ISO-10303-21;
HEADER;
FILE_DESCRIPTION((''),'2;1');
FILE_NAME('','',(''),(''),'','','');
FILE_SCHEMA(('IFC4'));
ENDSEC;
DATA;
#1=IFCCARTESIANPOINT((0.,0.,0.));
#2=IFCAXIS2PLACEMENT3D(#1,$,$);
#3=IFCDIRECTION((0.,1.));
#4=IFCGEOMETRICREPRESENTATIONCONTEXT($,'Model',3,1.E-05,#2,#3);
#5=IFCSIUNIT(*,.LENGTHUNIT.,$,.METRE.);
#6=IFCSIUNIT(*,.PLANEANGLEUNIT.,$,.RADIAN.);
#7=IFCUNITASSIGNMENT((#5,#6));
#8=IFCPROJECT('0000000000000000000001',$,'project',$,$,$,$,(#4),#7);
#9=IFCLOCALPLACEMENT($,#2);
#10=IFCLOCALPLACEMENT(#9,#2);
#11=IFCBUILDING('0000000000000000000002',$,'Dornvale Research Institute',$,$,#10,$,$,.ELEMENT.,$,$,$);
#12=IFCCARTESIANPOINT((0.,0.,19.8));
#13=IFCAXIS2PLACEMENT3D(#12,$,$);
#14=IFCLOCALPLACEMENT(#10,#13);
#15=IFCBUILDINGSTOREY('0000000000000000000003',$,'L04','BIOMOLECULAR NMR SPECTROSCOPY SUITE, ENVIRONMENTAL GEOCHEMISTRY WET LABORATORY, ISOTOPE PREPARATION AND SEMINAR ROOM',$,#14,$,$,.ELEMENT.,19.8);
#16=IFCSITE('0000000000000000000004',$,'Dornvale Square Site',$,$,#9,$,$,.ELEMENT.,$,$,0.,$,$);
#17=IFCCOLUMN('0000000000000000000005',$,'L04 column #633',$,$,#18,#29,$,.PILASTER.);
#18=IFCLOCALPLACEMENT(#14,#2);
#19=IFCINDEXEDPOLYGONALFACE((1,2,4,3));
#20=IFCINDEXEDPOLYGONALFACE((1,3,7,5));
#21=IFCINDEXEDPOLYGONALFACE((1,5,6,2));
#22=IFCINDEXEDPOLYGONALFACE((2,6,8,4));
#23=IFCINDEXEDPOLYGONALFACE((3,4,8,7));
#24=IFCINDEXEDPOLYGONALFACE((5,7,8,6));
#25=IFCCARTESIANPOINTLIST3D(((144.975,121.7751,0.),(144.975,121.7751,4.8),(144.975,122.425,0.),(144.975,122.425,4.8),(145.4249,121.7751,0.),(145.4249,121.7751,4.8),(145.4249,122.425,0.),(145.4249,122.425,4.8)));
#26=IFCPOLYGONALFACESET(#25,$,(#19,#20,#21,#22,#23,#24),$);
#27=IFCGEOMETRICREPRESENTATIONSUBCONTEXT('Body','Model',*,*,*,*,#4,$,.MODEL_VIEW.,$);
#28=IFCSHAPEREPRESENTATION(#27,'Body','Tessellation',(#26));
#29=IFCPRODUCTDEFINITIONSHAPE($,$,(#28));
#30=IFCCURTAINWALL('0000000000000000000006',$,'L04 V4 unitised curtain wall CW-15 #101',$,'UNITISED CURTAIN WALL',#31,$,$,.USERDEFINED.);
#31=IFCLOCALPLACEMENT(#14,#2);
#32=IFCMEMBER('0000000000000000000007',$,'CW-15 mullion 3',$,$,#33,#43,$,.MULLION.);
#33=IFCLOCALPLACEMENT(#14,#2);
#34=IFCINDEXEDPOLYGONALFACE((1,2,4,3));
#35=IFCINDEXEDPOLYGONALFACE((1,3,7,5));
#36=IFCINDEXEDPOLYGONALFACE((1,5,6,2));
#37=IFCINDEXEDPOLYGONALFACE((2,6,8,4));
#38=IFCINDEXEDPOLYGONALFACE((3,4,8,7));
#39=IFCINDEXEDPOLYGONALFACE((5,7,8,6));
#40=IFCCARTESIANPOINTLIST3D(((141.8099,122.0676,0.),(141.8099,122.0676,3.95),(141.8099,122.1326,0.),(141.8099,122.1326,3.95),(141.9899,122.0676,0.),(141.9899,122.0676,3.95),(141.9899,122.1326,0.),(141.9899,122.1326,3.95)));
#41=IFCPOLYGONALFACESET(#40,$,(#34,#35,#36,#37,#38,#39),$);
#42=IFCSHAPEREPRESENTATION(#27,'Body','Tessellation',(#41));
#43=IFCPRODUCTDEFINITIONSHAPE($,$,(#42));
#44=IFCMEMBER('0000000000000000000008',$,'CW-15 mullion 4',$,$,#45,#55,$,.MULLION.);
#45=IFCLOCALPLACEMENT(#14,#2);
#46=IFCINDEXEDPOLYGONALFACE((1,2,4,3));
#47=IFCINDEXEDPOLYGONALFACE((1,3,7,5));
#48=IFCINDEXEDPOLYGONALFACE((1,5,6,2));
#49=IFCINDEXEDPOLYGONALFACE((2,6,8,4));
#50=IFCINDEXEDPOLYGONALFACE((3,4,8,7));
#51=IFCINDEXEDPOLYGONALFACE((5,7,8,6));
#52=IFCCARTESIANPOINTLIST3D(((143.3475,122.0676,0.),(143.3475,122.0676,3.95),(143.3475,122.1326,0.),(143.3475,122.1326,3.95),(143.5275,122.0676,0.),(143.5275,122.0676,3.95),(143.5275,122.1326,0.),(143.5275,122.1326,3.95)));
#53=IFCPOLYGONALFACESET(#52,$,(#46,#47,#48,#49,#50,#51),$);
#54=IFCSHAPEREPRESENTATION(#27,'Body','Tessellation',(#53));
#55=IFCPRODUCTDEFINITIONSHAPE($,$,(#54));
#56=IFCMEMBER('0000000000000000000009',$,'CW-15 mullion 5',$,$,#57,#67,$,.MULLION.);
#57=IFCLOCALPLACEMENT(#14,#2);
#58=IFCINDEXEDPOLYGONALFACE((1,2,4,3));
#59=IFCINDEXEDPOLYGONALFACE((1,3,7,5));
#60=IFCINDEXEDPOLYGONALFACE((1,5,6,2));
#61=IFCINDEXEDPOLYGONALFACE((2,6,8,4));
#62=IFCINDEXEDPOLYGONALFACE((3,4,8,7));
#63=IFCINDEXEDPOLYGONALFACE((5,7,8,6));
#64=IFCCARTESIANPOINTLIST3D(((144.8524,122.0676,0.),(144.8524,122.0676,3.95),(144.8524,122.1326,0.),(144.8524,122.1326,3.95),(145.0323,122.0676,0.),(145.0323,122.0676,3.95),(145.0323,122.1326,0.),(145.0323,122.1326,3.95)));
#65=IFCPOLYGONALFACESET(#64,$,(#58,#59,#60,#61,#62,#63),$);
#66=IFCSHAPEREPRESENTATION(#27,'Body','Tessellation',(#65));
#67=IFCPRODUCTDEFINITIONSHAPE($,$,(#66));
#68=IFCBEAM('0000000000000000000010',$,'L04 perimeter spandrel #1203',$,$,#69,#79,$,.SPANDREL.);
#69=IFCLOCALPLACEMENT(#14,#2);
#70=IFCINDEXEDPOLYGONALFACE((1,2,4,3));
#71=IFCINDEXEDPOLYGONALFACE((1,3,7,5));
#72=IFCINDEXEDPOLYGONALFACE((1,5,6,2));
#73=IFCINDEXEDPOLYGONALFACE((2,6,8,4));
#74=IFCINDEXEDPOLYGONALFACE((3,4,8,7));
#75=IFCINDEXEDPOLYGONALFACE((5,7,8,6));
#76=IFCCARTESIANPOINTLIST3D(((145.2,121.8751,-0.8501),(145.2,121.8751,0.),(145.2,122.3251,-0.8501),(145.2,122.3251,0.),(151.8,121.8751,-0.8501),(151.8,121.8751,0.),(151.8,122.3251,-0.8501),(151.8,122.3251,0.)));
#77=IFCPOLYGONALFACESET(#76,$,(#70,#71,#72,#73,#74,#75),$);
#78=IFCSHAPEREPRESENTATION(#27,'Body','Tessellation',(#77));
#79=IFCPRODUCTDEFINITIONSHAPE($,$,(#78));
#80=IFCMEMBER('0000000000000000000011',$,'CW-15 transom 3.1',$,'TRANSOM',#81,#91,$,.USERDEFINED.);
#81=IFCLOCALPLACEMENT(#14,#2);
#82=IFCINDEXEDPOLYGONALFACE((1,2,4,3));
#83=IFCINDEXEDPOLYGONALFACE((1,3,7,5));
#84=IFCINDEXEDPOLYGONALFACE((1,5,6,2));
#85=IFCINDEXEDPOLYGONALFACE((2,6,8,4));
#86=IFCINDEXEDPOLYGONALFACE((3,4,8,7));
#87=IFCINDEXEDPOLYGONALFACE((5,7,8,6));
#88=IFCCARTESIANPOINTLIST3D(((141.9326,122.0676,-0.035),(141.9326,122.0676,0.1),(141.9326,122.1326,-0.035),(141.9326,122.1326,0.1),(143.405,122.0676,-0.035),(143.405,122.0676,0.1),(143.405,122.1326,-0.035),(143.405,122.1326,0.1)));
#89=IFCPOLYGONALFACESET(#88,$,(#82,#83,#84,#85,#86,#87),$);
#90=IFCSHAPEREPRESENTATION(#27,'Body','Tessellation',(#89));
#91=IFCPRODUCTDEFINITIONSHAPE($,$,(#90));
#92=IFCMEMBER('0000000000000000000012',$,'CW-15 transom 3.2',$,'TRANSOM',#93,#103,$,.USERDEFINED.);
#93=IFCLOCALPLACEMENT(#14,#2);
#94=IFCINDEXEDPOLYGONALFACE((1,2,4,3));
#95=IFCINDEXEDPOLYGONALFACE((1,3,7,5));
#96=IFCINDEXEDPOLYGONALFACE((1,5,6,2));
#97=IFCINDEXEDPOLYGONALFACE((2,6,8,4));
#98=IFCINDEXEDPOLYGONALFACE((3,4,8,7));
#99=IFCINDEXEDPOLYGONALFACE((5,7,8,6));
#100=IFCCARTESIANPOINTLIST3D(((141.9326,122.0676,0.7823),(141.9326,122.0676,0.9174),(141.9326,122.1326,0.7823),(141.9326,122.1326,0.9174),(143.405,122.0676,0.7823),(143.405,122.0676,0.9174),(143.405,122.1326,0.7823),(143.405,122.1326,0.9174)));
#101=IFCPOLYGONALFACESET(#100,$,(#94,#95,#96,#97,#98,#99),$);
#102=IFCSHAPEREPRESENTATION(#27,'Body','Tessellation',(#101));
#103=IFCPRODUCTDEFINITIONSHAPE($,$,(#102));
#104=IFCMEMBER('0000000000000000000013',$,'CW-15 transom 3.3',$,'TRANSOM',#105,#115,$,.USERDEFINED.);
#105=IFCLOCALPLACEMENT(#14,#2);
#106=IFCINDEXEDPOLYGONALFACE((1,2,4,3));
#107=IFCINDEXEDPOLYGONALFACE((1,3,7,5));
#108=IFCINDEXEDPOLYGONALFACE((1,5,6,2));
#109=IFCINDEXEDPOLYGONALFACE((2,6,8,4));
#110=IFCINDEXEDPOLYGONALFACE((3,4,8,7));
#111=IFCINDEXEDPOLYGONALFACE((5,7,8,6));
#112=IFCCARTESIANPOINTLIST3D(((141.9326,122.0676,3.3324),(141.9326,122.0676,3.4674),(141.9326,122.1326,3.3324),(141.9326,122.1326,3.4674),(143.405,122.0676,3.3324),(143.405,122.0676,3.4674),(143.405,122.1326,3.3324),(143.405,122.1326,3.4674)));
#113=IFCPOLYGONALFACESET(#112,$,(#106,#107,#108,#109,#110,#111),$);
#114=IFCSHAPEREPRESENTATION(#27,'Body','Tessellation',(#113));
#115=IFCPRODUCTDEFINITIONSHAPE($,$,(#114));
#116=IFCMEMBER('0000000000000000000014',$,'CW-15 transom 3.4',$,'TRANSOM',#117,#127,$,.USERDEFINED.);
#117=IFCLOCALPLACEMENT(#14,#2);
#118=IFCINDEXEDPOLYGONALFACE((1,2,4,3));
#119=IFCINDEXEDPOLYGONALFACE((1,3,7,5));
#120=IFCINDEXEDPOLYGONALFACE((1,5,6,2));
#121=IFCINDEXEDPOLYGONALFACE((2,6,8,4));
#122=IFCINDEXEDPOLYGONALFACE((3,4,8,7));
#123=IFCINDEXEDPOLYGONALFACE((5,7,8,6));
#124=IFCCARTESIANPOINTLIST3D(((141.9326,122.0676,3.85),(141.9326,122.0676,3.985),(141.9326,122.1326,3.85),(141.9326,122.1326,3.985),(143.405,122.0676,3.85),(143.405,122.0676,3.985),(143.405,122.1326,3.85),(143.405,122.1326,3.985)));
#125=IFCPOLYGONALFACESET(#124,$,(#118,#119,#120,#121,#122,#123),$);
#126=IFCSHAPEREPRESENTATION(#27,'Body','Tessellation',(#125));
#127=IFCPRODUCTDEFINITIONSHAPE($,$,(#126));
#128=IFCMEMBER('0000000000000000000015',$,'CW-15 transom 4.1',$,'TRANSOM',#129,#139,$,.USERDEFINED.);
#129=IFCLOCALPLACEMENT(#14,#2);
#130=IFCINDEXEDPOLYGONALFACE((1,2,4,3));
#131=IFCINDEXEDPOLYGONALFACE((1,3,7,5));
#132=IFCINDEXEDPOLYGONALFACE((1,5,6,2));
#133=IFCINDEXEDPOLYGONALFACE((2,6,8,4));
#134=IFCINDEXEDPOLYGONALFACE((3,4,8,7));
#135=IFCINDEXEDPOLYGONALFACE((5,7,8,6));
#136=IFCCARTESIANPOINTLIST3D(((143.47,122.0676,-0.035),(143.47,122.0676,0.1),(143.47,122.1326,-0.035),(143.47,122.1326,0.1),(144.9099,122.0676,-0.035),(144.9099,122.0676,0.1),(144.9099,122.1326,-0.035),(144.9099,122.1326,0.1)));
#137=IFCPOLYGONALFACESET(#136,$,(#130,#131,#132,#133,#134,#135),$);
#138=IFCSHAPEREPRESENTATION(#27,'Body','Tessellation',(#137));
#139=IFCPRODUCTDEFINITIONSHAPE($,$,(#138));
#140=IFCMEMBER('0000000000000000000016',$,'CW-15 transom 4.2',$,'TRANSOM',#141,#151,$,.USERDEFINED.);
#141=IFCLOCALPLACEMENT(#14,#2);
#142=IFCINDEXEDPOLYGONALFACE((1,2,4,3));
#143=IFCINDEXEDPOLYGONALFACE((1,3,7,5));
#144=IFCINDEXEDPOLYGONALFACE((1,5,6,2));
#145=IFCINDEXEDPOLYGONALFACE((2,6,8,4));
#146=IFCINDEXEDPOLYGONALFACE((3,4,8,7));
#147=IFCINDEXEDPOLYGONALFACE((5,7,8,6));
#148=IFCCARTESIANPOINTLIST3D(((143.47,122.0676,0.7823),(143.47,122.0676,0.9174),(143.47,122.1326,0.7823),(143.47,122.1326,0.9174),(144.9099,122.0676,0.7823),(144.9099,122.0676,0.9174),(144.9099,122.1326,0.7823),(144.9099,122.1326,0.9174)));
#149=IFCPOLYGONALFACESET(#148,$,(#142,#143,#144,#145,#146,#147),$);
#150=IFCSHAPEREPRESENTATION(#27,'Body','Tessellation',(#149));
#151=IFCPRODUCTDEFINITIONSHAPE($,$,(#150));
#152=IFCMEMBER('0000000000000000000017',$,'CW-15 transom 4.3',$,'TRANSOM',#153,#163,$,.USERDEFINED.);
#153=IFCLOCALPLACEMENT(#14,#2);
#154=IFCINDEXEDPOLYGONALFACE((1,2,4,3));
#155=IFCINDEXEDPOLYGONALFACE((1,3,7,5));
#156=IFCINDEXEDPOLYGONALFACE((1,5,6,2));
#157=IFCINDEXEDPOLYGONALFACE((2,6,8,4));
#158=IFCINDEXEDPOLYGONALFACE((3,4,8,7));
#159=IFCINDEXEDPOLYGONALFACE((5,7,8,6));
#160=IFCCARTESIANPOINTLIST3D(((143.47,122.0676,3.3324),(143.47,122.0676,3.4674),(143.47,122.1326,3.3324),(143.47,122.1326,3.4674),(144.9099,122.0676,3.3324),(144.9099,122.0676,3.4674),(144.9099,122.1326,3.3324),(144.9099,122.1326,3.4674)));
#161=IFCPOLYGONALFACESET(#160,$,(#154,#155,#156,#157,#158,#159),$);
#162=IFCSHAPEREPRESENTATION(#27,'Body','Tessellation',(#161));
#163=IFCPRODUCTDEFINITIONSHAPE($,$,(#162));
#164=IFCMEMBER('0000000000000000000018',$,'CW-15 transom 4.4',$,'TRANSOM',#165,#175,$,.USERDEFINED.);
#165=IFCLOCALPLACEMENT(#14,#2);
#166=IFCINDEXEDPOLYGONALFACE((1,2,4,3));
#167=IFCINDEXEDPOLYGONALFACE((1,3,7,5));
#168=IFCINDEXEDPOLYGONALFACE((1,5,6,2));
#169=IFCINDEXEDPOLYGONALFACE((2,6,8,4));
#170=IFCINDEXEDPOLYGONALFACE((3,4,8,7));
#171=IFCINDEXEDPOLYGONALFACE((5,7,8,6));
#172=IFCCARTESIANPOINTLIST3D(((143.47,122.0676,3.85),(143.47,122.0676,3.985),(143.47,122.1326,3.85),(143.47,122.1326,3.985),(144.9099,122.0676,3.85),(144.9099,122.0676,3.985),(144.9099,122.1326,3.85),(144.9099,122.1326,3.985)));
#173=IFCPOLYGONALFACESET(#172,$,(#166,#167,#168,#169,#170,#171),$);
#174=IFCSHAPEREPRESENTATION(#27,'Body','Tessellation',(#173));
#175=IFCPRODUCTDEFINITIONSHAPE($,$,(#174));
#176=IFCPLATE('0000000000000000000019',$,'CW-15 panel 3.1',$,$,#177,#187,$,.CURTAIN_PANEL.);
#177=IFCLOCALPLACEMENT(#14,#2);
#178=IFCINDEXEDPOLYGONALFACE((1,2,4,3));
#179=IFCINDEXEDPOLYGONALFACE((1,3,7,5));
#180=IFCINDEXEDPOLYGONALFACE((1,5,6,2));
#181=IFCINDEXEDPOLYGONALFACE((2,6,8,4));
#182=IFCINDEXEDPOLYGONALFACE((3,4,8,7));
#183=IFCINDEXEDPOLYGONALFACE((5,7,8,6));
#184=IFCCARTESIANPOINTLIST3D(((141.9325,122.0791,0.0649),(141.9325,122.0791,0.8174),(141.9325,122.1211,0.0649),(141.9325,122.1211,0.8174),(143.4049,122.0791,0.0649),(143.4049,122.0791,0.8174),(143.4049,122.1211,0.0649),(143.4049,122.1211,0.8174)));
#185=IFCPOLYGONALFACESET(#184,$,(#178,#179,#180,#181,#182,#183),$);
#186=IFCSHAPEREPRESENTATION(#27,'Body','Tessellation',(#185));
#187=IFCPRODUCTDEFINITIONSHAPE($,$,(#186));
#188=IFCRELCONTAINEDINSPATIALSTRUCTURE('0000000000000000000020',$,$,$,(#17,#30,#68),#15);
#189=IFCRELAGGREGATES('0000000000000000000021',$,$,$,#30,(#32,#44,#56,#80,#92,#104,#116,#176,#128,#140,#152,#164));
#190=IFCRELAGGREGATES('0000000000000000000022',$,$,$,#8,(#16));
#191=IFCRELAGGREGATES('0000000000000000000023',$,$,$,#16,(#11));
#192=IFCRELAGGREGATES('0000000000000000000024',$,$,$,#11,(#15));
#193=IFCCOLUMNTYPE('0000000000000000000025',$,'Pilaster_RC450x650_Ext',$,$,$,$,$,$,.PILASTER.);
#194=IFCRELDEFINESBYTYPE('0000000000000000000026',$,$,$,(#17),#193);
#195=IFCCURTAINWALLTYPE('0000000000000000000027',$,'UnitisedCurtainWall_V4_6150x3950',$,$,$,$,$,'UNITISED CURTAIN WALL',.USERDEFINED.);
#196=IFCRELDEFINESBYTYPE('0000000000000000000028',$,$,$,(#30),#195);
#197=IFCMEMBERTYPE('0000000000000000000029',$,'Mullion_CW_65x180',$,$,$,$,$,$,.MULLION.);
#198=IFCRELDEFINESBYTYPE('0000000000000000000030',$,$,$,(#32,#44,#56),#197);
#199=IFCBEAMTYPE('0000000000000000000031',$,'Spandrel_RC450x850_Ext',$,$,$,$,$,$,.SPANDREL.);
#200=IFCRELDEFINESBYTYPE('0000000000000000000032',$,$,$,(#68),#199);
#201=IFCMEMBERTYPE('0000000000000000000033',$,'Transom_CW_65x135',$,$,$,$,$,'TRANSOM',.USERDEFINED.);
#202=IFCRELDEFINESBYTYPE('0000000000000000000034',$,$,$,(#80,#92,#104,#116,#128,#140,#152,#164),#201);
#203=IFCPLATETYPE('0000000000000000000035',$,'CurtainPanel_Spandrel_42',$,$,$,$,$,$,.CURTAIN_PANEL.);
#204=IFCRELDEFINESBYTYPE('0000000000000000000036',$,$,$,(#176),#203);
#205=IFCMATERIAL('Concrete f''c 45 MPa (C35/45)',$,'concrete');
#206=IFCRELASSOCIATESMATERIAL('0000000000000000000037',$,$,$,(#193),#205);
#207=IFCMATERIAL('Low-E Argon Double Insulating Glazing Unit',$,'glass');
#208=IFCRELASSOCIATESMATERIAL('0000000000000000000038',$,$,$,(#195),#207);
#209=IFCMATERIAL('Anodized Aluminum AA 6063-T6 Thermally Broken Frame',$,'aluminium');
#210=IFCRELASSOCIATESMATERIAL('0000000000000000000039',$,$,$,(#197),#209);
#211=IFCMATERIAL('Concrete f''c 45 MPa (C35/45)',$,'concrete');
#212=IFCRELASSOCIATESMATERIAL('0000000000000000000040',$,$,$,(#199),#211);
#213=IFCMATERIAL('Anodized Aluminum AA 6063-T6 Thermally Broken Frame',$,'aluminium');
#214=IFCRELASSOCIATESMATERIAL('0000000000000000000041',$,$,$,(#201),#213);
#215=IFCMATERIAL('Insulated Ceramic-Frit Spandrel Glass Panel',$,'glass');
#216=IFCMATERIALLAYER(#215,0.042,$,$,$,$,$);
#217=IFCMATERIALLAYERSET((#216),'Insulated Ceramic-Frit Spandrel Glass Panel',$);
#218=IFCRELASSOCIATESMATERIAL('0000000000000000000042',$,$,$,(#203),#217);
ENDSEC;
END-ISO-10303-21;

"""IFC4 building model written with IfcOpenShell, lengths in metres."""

from ifc_helpers import new_model, si_unit, direction, frame, origin, origin_2d, place, context, subcontext, project, spatial, rectangle, extrude, material, layer, layer_set, material_profile, profile_set, type_object, element, aggregate, save


model = new_model("IFC4")

# Units and contexts
model_context = context("Model", 3, precision=1e-05, world=origin(), true_north=direction((0.0, 1.0)))
body_context = subcontext(model_context, "Body", "Model", "MODEL_VIEW")
ifc_project = project(units=[si_unit("LENGTHUNIT", "METRE"), si_unit("PLANEANGLEUNIT", "RADIAN")], contexts=[model_context])

# Site, building, storey
site_placement = place(None, origin())
site = spatial("IfcSite", under=ifc_project, at=site_placement, Name="Dornvale Square Site", CompositionType="ELEMENT", RefElevation=0.0)
building_placement = place(site_placement, origin())
building = spatial("IfcBuilding", under=site, at=building_placement, Name="Dornvale Research Institute", CompositionType="ELEMENT")
storey_placement = place(building_placement, frame((0.0, 0.0, 19.8)))
storey = spatial("IfcBuildingStorey", under=building, at=storey_placement, Name="L04", Description="BIOMOLECULAR NMR SPECTROSCOPY SUITE, ENVIRONMENTAL GEOCHEMISTRY WET LABORATORY, ISOTOPE PREPARATION AND SEMINAR ROOM", CompositionType="ELEMENT", Elevation=19.8)

# Column
ifc_material_1 = material(Name="Concrete f'c 45 MPa (C35/45)", Category="concrete")
ifc_material_profile_1 = material_profile(ifc_material_1, rectangle(XDim=0.45, YDim=0.6499, at=origin_2d()), Name="RC 450x650")
ifc_profile_set_1 = profile_set([ifc_material_profile_1], Name="Concrete f'c 45 MPa (C35/45)")
column_type = type_object("IfcColumnType", Name="Pilaster_RC450x650_Ext", PredefinedType="PILASTER", material=ifc_profile_set_1)
column_placement = place(storey_placement, frame((145.2, 122.1001, 0.0), z_axis=(0.0, 0.0, 1.0), x_axis=(1.0, 0.0, 0.0)))
element("IfcColumn", 1, at=column_placement, inside=storey, type_object=column_type, Name="L04 column #633", PredefinedType="PILASTER", context=body_context, shape_type="SweptSolid", body=[
    extrude(rectangle(XDim=0.45, YDim=0.6499, at=origin_2d()), origin(), (0.0, 0.0, 1.0), 4.8),
])

# Curtain wall, members
ifc_material_2 = material(Name="Low-E Argon Double Insulating Glazing Unit", Category="glass")
curtain_wall_type = type_object("IfcCurtainWallType", Name="UnitisedCurtainWall_V4_6150x3950", ElementType="UNITISED CURTAIN WALL", PredefinedType="USERDEFINED", material=ifc_material_2)
curtain_wall_placement = place(storey_placement, origin())
curtain_wall = element("IfcCurtainWall", 2, at=curtain_wall_placement, inside=storey, type_object=curtain_wall_type, Name="L04 V4 unitised curtain wall CW-15 #101", ObjectType="UNITISED CURTAIN WALL", PredefinedType="USERDEFINED")
ifc_material_3 = material(Name="Anodized Aluminum AA 6063-T6 Thermally Broken Frame", Category="aluminium")
ifc_material_profile_2 = material_profile(ifc_material_3, rectangle(XDim=0.0649, YDim=0.1799, at=origin_2d()), Name="ALU MULLION 65x180")
ifc_profile_set_2 = profile_set([ifc_material_profile_2], Name="Anodized Aluminum AA 6063-T6 Thermally Broken Frame")
member_type_1 = type_object("IfcMemberType", Name="Mullion_CW_65x180", PredefinedType="MULLION", material=ifc_profile_set_2)
member_1_placement = place(storey_placement, frame((141.8999, 122.1001, 0.0), z_axis=(0.0, 0.0, 1.0), x_axis=(0.0, 1.0, 0.0)))
member_1 = element("IfcMember", 3, at=member_1_placement, type_object=member_type_1, Name="CW-15 mullion 3", PredefinedType="MULLION", context=body_context, shape_type="SweptSolid", body=[
    extrude(rectangle(XDim=0.0649, YDim=0.1799, at=origin_2d()), origin(), (0.0, 0.0, 1.0), 3.95),
])
member_2_placement = place(storey_placement, frame((143.4375, 122.1001, 0.0), z_axis=(0.0, 0.0, 1.0), x_axis=(0.0, 1.0, 0.0)))
member_2 = element("IfcMember", 4, at=member_2_placement, type_object=member_type_1, Name="CW-15 mullion 4", PredefinedType="MULLION", context=body_context, shape_type="SweptSolid", body=[
    extrude(rectangle(XDim=0.0649, YDim=0.1799, at=origin_2d()), origin(), (0.0, 0.0, 1.0), 3.95),
])
member_3_placement = place(storey_placement, frame((144.9424, 122.1001, 0.0), z_axis=(0.0, 0.0, 1.0), x_axis=(0.0, 1.0, 0.0)))
member_3 = element("IfcMember", 5, at=member_3_placement, type_object=member_type_1, Name="CW-15 mullion 5", PredefinedType="MULLION", context=body_context, shape_type="SweptSolid", body=[
    extrude(rectangle(XDim=0.0649, YDim=0.1799, at=origin_2d()), origin(), (0.0, 0.0, 1.0), 3.95),
])

# Beam
ifc_material_4 = material(Name="Concrete f'c 45 MPa (C35/45)", Category="concrete")
ifc_material_profile_3 = material_profile(ifc_material_4, rectangle(XDim=0.45, YDim=0.8501, at=origin_2d()), Name="RC 450x850")
ifc_profile_set_3 = profile_set([ifc_material_profile_3], Name="Concrete f'c 45 MPa (C35/45)")
beam_type = type_object("IfcBeamType", Name="Spandrel_RC450x850_Ext", PredefinedType="SPANDREL", material=ifc_profile_set_3)
beam_placement = place(storey_placement, frame((145.2, 122.1001, -0.425), z_axis=(1.0, 0.0, 0.0), x_axis=(0.0, 1.0, 0.0)))
element("IfcBeam", 6, at=beam_placement, inside=storey, type_object=beam_type, Name="L04 perimeter spandrel #1203", PredefinedType="SPANDREL", context=body_context, shape_type="SweptSolid", body=[
    extrude(rectangle(XDim=0.45, YDim=0.8501, at=origin_2d()), origin(), (0.0, 0.0, 1.0), 6.6001),
])

# Members
ifc_material_5 = material(Name="Anodized Aluminum AA 6063-T6 Thermally Broken Frame", Category="aluminium")
ifc_material_profile_4 = material_profile(ifc_material_5, rectangle(XDim=0.0649, YDim=0.135, at=origin_2d()), Name="ALU TRANSOM 65x135")
ifc_profile_set_4 = profile_set([ifc_material_profile_4], Name="Anodized Aluminum AA 6063-T6 Thermally Broken Frame")
member_type_2 = type_object("IfcMemberType", Name="Transom_CW_65x135", ElementType="TRANSOM", PredefinedType="USERDEFINED", material=ifc_profile_set_4)
member_4_placement = place(storey_placement, frame((141.9326, 122.1001, 0.0325), z_axis=(1.0, 0.0, 0.0), x_axis=(0.0, 1.0, 0.0)))
member_4 = element("IfcMember", 7, at=member_4_placement, type_object=member_type_2, Name="CW-15 transom 3.1", ObjectType="TRANSOM", PredefinedType="USERDEFINED", context=body_context, shape_type="SweptSolid", body=[
    extrude(rectangle(XDim=0.0649, YDim=0.135, at=origin_2d()), origin(), (0.0, 0.0, 1.0), 1.4724),
])
member_5_placement = place(storey_placement, frame((141.9326, 122.1001, 0.8499), z_axis=(1.0, 0.0, 0.0), x_axis=(0.0, 1.0, 0.0)))
member_5 = element("IfcMember", 8, at=member_5_placement, type_object=member_type_2, Name="CW-15 transom 3.2", ObjectType="TRANSOM", PredefinedType="USERDEFINED", context=body_context, shape_type="SweptSolid", body=[
    extrude(rectangle(XDim=0.0649, YDim=0.135, at=origin_2d()), origin(), (0.0, 0.0, 1.0), 1.4724),
])
member_6_placement = place(storey_placement, frame((141.9326, 122.1001, 3.3999), z_axis=(1.0, 0.0, 0.0), x_axis=(0.0, 1.0, 0.0)))
member_6 = element("IfcMember", 9, at=member_6_placement, type_object=member_type_2, Name="CW-15 transom 3.3", ObjectType="TRANSOM", PredefinedType="USERDEFINED", context=body_context, shape_type="SweptSolid", body=[
    extrude(rectangle(XDim=0.0649, YDim=0.135, at=origin_2d()), origin(), (0.0, 0.0, 1.0), 1.4724),
])
member_7_placement = place(storey_placement, frame((141.9326, 122.1001, 3.9175), z_axis=(1.0, 0.0, 0.0), x_axis=(0.0, 1.0, 0.0)))
member_7 = element("IfcMember", 10, at=member_7_placement, type_object=member_type_2, Name="CW-15 transom 3.4", ObjectType="TRANSOM", PredefinedType="USERDEFINED", context=body_context, shape_type="SweptSolid", body=[
    extrude(rectangle(XDim=0.0649, YDim=0.135, at=origin_2d()), origin(), (0.0, 0.0, 1.0), 1.4724),
])
member_8_placement = place(storey_placement, frame((143.47, 122.1001, 0.0325), z_axis=(1.0, 0.0, 0.0), x_axis=(0.0, 1.0, 0.0)))
member_8 = element("IfcMember", 11, at=member_8_placement, type_object=member_type_2, Name="CW-15 transom 4.1", ObjectType="TRANSOM", PredefinedType="USERDEFINED", context=body_context, shape_type="SweptSolid", body=[
    extrude(rectangle(XDim=0.0649, YDim=0.135, at=origin_2d()), origin(), (0.0, 0.0, 1.0), 1.4399),
])
member_9_placement = place(storey_placement, frame((143.47, 122.1001, 0.8499), z_axis=(1.0, 0.0, 0.0), x_axis=(0.0, 1.0, 0.0)))
member_9 = element("IfcMember", 12, at=member_9_placement, type_object=member_type_2, Name="CW-15 transom 4.2", ObjectType="TRANSOM", PredefinedType="USERDEFINED", context=body_context, shape_type="SweptSolid", body=[
    extrude(rectangle(XDim=0.0649, YDim=0.135, at=origin_2d()), origin(), (0.0, 0.0, 1.0), 1.4399),
])
member_10_placement = place(storey_placement, frame((143.47, 122.1001, 3.3999), z_axis=(1.0, 0.0, 0.0), x_axis=(0.0, 1.0, 0.0)))
member_10 = element("IfcMember", 13, at=member_10_placement, type_object=member_type_2, Name="CW-15 transom 4.3", ObjectType="TRANSOM", PredefinedType="USERDEFINED", context=body_context, shape_type="SweptSolid", body=[
    extrude(rectangle(XDim=0.0649, YDim=0.135, at=origin_2d()), origin(), (0.0, 0.0, 1.0), 1.4399),
])
member_11_placement = place(storey_placement, frame((143.47, 122.1001, 3.9175), z_axis=(1.0, 0.0, 0.0), x_axis=(0.0, 1.0, 0.0)))
member_11 = element("IfcMember", 14, at=member_11_placement, type_object=member_type_2, Name="CW-15 transom 4.4", ObjectType="TRANSOM", PredefinedType="USERDEFINED", context=body_context, shape_type="SweptSolid", body=[
    extrude(rectangle(XDim=0.0649, YDim=0.135, at=origin_2d()), origin(), (0.0, 0.0, 1.0), 1.4399),
])

# Plate
ifc_material_6 = material(Name="Insulated Ceramic-Frit Spandrel Glass Panel", Category="glass")
ifc_layer_1 = layer(ifc_material_6, 0.042)
ifc_layer_set_1 = layer_set([ifc_layer_1], Name="Insulated Ceramic-Frit Spandrel Glass Panel")
plate_type_1 = type_object("IfcPlateType", Name="CurtainPanel_Spandrel_42", PredefinedType="CURTAIN_PANEL", material=ifc_layer_set_1)
plate_1_placement = place(storey_placement, frame((142.6687, 122.1001, 0.0649), z_axis=(0.0, 0.0, 1.0), x_axis=(1.0, 0.0, 0.0)))
plate_1 = element("IfcPlate", 15, at=plate_1_placement, type_object=plate_type_1, Name="CW-15 panel 3.1", PredefinedType="CURTAIN_PANEL", context=body_context, shape_type="SweptSolid", body=[
    extrude(rectangle(XDim=1.4724, YDim=0.042, at=origin_2d()), origin(), (0.0, 0.0, 1.0), 0.7524),
])
aggregate(curtain_wall, [member_1, member_2, member_3, member_4, member_5, member_6, member_7, plate_1, member_8, member_9, member_10, member_11])

save(model, "model.ifc")
